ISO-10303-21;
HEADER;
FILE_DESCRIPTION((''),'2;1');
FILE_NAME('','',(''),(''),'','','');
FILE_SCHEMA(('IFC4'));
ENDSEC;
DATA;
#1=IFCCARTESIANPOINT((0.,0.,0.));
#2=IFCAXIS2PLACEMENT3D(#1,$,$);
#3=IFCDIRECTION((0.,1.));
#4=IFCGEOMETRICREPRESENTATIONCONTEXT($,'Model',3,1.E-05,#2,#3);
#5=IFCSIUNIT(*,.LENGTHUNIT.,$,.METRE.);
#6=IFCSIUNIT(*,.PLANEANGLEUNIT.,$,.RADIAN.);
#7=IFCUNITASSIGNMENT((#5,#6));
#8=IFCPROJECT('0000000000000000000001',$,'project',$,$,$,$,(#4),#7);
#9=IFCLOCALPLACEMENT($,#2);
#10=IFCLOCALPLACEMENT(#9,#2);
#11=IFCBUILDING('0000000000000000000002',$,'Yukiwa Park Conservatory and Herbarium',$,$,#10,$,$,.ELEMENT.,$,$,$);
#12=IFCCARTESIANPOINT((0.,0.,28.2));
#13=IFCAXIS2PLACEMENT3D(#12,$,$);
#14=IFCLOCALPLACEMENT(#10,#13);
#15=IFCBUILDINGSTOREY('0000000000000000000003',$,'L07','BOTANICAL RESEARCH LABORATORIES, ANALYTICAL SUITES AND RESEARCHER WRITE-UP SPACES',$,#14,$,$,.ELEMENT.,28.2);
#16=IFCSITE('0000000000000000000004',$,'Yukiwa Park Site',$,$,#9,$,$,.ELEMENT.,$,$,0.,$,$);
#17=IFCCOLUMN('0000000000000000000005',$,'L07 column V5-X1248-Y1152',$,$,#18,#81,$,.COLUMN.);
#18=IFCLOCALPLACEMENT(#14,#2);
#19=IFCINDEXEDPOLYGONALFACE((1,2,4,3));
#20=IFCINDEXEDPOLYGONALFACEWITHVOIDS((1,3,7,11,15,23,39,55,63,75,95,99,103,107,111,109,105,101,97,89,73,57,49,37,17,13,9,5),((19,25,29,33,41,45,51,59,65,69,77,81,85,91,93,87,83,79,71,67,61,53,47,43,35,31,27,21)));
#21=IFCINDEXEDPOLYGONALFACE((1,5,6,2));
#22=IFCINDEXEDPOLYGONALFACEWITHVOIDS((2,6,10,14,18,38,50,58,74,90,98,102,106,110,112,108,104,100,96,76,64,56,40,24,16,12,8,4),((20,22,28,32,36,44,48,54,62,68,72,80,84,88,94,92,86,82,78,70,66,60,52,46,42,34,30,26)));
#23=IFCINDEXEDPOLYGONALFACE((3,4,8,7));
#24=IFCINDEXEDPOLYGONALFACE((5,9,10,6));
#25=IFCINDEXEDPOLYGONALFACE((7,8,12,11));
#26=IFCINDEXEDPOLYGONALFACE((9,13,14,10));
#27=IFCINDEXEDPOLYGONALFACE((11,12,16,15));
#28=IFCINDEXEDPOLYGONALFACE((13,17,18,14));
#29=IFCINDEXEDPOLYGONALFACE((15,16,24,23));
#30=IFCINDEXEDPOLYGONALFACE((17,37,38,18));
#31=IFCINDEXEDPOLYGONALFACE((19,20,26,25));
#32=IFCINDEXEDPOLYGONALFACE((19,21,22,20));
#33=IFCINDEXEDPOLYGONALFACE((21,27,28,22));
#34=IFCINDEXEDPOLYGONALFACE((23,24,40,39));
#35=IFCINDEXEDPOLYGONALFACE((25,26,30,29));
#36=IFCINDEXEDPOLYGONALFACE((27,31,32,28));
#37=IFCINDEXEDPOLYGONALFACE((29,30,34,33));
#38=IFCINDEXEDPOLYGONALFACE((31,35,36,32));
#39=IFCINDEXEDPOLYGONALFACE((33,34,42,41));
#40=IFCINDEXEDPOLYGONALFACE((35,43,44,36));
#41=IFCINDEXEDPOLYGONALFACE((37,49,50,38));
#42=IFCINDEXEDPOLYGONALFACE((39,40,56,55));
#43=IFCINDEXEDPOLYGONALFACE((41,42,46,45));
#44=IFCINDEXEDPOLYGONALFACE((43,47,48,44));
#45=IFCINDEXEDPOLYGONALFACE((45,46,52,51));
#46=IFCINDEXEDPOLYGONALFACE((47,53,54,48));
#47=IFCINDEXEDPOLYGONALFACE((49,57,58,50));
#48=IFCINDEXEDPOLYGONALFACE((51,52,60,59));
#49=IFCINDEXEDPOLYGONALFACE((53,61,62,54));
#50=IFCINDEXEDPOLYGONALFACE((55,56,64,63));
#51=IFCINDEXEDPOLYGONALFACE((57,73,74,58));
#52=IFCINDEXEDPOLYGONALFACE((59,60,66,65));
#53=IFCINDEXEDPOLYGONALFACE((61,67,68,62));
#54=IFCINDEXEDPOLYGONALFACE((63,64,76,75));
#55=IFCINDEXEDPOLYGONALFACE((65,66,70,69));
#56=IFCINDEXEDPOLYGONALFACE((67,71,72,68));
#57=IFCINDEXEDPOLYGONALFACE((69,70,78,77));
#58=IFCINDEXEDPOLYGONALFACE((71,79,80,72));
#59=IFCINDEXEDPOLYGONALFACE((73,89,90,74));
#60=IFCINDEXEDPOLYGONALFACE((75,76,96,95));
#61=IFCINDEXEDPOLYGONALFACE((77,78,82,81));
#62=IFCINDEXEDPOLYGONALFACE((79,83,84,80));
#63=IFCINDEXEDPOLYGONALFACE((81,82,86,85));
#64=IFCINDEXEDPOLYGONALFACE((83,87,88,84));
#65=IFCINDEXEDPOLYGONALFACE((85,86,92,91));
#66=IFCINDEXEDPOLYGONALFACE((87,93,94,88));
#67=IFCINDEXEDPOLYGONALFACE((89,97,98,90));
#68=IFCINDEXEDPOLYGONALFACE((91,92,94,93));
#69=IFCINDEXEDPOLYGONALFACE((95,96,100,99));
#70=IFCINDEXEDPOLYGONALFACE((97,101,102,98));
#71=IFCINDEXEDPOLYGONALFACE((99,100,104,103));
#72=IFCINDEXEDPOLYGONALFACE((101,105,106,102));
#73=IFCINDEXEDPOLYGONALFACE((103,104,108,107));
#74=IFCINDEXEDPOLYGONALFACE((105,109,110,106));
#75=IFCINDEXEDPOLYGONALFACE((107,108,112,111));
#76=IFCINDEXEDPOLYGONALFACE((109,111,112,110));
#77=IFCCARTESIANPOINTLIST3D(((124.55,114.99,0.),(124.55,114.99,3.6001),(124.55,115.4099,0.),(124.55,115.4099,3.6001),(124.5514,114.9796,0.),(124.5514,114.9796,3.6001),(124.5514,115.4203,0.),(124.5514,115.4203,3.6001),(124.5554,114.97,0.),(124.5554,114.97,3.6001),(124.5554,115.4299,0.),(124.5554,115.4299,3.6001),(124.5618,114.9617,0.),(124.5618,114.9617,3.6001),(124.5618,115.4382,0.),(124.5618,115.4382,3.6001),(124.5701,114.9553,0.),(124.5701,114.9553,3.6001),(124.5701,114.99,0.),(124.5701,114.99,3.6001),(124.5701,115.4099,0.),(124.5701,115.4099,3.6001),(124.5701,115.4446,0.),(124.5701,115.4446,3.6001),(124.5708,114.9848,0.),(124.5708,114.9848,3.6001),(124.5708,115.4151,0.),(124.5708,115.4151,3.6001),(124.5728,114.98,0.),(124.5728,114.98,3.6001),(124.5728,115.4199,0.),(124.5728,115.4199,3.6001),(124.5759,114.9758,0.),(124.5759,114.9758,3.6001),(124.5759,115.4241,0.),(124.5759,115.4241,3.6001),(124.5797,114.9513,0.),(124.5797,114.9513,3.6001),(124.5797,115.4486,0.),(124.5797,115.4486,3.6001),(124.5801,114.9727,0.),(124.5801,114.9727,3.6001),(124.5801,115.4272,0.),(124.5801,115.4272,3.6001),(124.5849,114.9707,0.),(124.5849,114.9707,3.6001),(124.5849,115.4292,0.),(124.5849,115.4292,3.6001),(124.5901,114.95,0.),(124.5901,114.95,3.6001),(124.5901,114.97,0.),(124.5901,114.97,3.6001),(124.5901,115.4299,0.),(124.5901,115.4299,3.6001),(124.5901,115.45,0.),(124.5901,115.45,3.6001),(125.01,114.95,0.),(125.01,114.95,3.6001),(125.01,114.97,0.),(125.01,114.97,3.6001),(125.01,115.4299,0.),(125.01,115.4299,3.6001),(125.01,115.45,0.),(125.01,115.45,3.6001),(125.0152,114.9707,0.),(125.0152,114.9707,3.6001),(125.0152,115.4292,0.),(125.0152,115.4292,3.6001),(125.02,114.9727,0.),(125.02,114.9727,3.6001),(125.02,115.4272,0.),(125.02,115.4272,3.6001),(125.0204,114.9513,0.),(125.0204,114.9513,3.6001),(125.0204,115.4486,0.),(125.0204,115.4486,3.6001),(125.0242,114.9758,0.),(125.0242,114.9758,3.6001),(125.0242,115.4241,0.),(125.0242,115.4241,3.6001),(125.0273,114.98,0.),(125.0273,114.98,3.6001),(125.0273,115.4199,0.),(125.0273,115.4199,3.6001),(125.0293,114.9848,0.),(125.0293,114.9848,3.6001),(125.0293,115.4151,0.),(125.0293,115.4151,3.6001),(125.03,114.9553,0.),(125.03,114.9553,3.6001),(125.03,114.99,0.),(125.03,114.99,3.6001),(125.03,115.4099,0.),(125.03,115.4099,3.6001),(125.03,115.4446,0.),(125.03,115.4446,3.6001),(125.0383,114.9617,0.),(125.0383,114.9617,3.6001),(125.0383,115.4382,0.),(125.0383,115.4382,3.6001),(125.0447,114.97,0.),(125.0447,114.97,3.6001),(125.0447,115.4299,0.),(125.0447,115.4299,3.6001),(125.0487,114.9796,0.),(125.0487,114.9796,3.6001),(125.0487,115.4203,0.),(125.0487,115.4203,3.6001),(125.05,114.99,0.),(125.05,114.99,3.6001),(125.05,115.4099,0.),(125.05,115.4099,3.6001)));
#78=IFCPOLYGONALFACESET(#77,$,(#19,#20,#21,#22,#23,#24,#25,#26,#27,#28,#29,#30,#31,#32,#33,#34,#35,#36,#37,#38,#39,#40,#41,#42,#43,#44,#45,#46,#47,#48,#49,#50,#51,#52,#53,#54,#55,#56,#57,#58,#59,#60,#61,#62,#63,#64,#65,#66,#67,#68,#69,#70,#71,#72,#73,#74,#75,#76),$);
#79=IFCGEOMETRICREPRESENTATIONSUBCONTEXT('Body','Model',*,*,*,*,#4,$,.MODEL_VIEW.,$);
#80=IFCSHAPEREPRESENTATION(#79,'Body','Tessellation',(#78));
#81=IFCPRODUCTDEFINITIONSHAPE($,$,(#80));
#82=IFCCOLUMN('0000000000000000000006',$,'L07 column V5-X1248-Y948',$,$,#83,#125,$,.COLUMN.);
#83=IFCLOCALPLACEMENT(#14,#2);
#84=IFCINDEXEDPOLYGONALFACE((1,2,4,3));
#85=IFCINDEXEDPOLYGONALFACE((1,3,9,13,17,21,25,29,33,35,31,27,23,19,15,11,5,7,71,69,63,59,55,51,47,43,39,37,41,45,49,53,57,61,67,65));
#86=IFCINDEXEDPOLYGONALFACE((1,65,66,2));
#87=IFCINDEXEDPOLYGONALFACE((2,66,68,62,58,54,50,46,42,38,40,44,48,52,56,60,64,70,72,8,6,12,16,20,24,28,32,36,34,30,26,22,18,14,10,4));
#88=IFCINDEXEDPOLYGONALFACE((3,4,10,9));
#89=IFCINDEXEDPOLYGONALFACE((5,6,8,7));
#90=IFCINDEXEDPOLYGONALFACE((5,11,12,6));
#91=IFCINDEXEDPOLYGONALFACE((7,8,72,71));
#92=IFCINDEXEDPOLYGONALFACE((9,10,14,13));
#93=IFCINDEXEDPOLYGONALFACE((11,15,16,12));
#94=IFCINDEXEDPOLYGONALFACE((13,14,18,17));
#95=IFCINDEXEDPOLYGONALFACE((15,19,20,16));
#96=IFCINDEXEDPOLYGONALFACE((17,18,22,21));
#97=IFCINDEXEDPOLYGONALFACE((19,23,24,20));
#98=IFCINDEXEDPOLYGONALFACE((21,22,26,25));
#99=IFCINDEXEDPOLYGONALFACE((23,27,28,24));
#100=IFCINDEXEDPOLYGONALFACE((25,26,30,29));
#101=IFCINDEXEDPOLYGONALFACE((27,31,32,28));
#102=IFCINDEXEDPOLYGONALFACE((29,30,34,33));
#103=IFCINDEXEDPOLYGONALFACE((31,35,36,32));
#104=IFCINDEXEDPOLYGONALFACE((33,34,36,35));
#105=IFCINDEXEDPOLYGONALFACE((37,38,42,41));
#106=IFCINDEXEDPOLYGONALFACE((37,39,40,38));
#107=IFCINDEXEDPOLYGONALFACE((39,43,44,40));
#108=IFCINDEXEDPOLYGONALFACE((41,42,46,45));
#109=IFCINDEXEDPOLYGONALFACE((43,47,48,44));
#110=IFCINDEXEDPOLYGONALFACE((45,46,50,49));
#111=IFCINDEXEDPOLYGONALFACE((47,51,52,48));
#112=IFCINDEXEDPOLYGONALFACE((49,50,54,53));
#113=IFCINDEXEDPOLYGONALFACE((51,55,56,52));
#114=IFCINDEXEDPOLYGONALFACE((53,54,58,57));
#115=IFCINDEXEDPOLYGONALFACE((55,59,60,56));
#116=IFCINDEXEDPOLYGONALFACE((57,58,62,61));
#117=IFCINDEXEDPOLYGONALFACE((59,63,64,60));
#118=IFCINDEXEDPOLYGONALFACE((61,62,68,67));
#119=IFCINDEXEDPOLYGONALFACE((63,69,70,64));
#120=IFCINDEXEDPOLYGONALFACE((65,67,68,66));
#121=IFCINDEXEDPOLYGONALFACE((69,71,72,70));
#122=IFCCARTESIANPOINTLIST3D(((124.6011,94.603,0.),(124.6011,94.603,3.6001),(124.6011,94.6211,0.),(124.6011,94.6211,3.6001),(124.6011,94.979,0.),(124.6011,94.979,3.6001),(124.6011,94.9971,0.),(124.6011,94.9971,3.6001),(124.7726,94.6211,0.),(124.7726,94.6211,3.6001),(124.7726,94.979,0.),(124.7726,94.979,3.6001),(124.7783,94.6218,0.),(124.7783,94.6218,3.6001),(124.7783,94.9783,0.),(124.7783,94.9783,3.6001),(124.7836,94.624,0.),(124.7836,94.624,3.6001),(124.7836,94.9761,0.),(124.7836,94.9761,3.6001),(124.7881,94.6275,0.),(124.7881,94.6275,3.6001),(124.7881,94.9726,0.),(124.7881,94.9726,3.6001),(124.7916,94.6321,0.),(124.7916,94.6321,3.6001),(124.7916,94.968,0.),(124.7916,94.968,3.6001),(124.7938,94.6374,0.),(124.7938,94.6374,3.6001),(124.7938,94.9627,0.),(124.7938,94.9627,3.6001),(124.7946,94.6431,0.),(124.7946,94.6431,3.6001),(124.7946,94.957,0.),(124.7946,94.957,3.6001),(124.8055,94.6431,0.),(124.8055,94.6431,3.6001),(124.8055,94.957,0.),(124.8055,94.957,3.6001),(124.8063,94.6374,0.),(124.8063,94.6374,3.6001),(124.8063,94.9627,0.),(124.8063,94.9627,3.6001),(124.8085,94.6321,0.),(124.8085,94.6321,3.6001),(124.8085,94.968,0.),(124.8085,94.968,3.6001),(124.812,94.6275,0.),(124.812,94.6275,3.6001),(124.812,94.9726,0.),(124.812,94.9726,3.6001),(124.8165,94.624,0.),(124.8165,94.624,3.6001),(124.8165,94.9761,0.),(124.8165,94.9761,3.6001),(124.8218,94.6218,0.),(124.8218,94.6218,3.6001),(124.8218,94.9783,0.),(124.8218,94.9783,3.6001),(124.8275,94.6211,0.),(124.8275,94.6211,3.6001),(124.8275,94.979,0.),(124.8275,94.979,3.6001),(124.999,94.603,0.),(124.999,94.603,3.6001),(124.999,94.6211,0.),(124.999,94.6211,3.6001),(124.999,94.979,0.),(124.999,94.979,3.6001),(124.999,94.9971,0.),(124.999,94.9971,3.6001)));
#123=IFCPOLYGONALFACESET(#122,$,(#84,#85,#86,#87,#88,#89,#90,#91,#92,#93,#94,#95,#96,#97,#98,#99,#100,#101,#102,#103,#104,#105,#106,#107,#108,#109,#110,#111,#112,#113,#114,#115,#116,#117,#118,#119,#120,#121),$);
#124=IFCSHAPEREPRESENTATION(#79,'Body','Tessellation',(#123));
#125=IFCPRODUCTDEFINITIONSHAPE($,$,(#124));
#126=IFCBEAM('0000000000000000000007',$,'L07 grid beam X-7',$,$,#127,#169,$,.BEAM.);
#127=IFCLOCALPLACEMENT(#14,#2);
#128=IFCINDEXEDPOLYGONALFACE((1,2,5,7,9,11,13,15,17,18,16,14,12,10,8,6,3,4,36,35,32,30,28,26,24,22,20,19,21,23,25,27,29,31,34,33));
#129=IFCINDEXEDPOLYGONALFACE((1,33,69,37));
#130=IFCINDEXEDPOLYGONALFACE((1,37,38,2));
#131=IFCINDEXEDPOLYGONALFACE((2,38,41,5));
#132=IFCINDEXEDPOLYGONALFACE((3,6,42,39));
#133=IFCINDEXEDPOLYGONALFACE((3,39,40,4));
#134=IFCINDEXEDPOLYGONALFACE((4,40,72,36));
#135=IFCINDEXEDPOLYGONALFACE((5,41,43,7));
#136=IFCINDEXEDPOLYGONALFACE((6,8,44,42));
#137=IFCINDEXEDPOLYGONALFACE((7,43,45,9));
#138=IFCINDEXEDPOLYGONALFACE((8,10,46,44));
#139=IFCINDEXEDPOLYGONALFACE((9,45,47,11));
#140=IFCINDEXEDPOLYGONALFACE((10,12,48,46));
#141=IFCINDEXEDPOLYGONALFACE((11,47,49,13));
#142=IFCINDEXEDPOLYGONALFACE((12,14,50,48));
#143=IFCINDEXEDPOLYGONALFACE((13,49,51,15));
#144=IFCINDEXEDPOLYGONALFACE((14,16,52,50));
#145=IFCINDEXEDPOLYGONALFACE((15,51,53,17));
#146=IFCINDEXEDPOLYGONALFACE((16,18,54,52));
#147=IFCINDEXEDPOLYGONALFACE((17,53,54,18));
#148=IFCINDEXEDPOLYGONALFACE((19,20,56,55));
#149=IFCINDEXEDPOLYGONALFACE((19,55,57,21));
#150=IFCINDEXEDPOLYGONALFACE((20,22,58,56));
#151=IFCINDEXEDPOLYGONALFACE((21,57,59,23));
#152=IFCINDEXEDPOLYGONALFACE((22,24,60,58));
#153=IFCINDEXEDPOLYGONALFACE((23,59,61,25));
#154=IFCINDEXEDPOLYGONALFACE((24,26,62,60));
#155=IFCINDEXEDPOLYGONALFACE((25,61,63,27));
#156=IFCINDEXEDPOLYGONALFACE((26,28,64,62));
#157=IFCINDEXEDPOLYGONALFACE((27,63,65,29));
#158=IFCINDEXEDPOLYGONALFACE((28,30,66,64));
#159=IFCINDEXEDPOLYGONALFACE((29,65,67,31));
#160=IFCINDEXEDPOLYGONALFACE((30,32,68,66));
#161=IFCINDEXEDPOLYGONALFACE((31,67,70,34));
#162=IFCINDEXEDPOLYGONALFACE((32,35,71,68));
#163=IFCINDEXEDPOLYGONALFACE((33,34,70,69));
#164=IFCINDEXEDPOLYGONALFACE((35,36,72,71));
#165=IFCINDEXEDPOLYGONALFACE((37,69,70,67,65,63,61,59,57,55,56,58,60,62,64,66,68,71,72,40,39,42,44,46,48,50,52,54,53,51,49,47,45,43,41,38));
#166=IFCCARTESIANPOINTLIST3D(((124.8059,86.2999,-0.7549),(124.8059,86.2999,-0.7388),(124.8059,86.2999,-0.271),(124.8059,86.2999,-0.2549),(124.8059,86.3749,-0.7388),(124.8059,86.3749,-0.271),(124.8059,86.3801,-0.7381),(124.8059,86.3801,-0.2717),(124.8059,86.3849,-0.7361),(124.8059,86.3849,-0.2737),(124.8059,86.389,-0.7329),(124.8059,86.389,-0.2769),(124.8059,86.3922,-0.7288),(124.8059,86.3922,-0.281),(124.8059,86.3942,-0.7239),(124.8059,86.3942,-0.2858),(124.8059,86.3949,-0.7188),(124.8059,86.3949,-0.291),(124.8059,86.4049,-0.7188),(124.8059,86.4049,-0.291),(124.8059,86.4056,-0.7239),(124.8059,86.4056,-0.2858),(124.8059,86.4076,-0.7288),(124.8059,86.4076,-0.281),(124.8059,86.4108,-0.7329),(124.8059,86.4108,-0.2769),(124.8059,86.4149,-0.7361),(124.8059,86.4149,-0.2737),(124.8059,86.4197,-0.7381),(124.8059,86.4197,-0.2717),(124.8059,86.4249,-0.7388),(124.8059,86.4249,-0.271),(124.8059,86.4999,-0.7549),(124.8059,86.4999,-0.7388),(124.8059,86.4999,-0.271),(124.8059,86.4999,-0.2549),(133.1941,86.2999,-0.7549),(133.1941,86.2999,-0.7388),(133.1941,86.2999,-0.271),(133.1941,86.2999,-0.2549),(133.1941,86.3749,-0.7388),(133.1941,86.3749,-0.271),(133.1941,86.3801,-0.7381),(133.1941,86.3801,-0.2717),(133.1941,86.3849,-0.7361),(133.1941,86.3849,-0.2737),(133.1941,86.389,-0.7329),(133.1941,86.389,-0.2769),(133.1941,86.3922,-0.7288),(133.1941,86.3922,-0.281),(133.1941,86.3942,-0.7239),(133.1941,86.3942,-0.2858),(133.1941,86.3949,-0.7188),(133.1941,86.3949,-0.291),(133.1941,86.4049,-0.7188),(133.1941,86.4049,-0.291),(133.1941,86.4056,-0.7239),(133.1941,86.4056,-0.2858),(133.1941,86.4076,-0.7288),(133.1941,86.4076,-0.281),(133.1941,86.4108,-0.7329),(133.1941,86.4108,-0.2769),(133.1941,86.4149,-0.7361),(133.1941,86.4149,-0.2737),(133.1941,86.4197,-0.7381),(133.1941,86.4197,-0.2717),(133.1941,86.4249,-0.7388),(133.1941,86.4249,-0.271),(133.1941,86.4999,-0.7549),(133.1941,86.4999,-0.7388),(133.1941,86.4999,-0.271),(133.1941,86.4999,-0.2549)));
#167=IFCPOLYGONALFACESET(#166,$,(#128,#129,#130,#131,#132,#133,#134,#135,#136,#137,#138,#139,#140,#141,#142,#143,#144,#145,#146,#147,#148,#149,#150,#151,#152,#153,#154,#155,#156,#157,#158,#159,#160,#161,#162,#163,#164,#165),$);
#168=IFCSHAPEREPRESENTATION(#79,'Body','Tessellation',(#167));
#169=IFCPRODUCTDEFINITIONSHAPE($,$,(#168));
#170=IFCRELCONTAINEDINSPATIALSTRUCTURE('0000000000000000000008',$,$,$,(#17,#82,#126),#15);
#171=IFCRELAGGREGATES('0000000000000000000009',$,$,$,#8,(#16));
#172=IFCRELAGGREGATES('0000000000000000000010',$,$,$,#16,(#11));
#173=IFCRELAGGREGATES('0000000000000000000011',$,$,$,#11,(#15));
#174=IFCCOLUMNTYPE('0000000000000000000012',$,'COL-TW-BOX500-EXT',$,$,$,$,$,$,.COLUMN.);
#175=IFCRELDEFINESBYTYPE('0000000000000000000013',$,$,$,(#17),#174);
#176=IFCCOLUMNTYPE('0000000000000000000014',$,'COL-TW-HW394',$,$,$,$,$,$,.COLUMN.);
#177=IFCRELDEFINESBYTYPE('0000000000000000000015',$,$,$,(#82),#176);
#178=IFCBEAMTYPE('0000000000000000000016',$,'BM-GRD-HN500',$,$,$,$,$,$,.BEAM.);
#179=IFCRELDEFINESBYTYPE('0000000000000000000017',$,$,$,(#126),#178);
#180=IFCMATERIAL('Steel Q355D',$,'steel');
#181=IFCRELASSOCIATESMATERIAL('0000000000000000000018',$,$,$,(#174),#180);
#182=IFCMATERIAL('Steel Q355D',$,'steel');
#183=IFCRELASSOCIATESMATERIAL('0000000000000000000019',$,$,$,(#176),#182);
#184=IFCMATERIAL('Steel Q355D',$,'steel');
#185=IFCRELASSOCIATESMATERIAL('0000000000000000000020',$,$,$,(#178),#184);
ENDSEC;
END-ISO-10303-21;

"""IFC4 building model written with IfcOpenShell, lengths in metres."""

from ifc_helpers import new_model, si_unit, direction, frame, origin, origin_2d, place, context, subcontext, project, spatial, hollow_rectangle, i_section, extrude, material, material_profile, profile_set, type_object, element, save


model = new_model("IFC4")

# Units and contexts
model_context = context("Model", 3, precision=1e-05, world=origin(), true_north=direction((0.0, 1.0)))
body_context = subcontext(model_context, "Body", "Model", "MODEL_VIEW")
ifc_project = project(units=[si_unit("LENGTHUNIT", "METRE"), si_unit("PLANEANGLEUNIT", "RADIAN")], contexts=[model_context])

# Site, building, storey
site_placement = place(None, origin())
site = spatial("IfcSite", under=ifc_project, at=site_placement, Name="Yukiwa Park Site", CompositionType="ELEMENT", RefElevation=0.0)
building_placement = place(site_placement, origin())
building = spatial("IfcBuilding", under=site, at=building_placement, Name="Yukiwa Park Conservatory and Herbarium", CompositionType="ELEMENT")
storey_placement = place(building_placement, frame((0.0, 0.0, 28.2)))
storey = spatial("IfcBuildingStorey", under=building, at=storey_placement, Name="L07", Description="BOTANICAL RESEARCH LABORATORIES, ANALYTICAL SUITES AND RESEARCHER WRITE-UP SPACES", CompositionType="ELEMENT", Elevation=28.2)

# Columns
ifc_material_1 = material(Name="Steel Q355D", Category="steel")
ifc_material_profile_1 = material_profile(ifc_material_1, hollow_rectangle(XDim=0.5, YDim=0.5, WallThickness=0.02, InnerFilletRadius=0.02, OuterFilletRadius=0.04, at=origin_2d()), Name="BOX 500x500x20")
ifc_profile_set_1 = profile_set([ifc_material_profile_1], Name="Steel Q355D")
column_type_1 = type_object("IfcColumnType", Name="COL-TW-BOX500-EXT", PredefinedType="COLUMN", material=ifc_profile_set_1)
for number, where, z_axis, x_axis, name in (
    (1, (124.8, 115.2, 0.0), (0.0, 0.0, 1.0), (1.0, 0.0, 0.0), "L07 column V5-X1248-Y1152"),
):
    element("IfcColumn", number, at=place(storey_placement, frame(where, z_axis=z_axis, x_axis=x_axis)), inside=storey, type_object=column_type_1, Name=name, PredefinedType="COLUMN", context=body_context, shape_type="SweptSolid", body=[
        extrude(hollow_rectangle(XDim=0.5, YDim=0.5, WallThickness=0.02, InnerFilletRadius=0.02, OuterFilletRadius=0.04, at=origin_2d()), origin(), (0.0, 0.0, 1.0), 3.6001),
    ])
ifc_material_2 = material(Name="Steel Q355D", Category="steel")
ifc_material_profile_2 = material_profile(ifc_material_2, i_section(OverallWidth=0.3979, OverallDepth=0.394, WebThickness=0.011, FlangeThickness=0.0181, FilletRadius=0.022, at=origin_2d()), Name="HW 394x398x11x18")
ifc_profile_set_2 = profile_set([ifc_material_profile_2], Name="Steel Q355D")
column_type_2 = type_object("IfcColumnType", Name="COL-TW-HW394", PredefinedType="COLUMN", material=ifc_profile_set_2)
column_placement = place(storey_placement, frame((124.8, 94.8, 0.0), z_axis=(0.0, 0.0, 1.0), x_axis=(1.0, 0.0, 0.0)))
element("IfcColumn", 2, at=column_placement, inside=storey, type_object=column_type_2, Name="L07 column V5-X1248-Y948", PredefinedType="COLUMN", context=body_context, shape_type="SweptSolid", body=[
    extrude(i_section(OverallWidth=0.3979, OverallDepth=0.394, WebThickness=0.011, FlangeThickness=0.0181, FilletRadius=0.022, at=origin_2d()), origin(), (0.0, 0.0, 1.0), 3.6001),
])

# Beam
ifc_material_3 = material(Name="Steel Q355D", Category="steel")
ifc_material_profile_3 = material_profile(ifc_material_3, i_section(OverallWidth=0.2, OverallDepth=0.5, WebThickness=0.01, FlangeThickness=0.0161, FilletRadius=0.02, at=origin_2d()), Name="HN 500x200x10x16")
ifc_profile_set_3 = profile_set([ifc_material_profile_3], Name="Steel Q355D")
beam_type_1 = type_object("IfcBeamType", Name="BM-GRD-HN500", PredefinedType="BEAM", material=ifc_profile_set_3)
for number, where, z_axis, x_axis, name in (
    (3, (124.8059, 86.3999, -0.5049), (1.0, 0.0, 0.0), (0.0, 1.0, 0.0), "L07 grid beam X-7"),
):
    element("IfcBeam", number, at=place(storey_placement, frame(where, z_axis=z_axis, x_axis=x_axis)), inside=storey, type_object=beam_type_1, Name=name, PredefinedType="BEAM", context=body_context, shape_type="SweptSolid", body=[
        extrude(i_section(OverallWidth=0.2, OverallDepth=0.5, WebThickness=0.01, FlangeThickness=0.0161, FilletRadius=0.02, at=origin_2d()), origin(), (0.0, 0.0, 1.0), 8.3882),
    ])

save(model, "model.ifc")
